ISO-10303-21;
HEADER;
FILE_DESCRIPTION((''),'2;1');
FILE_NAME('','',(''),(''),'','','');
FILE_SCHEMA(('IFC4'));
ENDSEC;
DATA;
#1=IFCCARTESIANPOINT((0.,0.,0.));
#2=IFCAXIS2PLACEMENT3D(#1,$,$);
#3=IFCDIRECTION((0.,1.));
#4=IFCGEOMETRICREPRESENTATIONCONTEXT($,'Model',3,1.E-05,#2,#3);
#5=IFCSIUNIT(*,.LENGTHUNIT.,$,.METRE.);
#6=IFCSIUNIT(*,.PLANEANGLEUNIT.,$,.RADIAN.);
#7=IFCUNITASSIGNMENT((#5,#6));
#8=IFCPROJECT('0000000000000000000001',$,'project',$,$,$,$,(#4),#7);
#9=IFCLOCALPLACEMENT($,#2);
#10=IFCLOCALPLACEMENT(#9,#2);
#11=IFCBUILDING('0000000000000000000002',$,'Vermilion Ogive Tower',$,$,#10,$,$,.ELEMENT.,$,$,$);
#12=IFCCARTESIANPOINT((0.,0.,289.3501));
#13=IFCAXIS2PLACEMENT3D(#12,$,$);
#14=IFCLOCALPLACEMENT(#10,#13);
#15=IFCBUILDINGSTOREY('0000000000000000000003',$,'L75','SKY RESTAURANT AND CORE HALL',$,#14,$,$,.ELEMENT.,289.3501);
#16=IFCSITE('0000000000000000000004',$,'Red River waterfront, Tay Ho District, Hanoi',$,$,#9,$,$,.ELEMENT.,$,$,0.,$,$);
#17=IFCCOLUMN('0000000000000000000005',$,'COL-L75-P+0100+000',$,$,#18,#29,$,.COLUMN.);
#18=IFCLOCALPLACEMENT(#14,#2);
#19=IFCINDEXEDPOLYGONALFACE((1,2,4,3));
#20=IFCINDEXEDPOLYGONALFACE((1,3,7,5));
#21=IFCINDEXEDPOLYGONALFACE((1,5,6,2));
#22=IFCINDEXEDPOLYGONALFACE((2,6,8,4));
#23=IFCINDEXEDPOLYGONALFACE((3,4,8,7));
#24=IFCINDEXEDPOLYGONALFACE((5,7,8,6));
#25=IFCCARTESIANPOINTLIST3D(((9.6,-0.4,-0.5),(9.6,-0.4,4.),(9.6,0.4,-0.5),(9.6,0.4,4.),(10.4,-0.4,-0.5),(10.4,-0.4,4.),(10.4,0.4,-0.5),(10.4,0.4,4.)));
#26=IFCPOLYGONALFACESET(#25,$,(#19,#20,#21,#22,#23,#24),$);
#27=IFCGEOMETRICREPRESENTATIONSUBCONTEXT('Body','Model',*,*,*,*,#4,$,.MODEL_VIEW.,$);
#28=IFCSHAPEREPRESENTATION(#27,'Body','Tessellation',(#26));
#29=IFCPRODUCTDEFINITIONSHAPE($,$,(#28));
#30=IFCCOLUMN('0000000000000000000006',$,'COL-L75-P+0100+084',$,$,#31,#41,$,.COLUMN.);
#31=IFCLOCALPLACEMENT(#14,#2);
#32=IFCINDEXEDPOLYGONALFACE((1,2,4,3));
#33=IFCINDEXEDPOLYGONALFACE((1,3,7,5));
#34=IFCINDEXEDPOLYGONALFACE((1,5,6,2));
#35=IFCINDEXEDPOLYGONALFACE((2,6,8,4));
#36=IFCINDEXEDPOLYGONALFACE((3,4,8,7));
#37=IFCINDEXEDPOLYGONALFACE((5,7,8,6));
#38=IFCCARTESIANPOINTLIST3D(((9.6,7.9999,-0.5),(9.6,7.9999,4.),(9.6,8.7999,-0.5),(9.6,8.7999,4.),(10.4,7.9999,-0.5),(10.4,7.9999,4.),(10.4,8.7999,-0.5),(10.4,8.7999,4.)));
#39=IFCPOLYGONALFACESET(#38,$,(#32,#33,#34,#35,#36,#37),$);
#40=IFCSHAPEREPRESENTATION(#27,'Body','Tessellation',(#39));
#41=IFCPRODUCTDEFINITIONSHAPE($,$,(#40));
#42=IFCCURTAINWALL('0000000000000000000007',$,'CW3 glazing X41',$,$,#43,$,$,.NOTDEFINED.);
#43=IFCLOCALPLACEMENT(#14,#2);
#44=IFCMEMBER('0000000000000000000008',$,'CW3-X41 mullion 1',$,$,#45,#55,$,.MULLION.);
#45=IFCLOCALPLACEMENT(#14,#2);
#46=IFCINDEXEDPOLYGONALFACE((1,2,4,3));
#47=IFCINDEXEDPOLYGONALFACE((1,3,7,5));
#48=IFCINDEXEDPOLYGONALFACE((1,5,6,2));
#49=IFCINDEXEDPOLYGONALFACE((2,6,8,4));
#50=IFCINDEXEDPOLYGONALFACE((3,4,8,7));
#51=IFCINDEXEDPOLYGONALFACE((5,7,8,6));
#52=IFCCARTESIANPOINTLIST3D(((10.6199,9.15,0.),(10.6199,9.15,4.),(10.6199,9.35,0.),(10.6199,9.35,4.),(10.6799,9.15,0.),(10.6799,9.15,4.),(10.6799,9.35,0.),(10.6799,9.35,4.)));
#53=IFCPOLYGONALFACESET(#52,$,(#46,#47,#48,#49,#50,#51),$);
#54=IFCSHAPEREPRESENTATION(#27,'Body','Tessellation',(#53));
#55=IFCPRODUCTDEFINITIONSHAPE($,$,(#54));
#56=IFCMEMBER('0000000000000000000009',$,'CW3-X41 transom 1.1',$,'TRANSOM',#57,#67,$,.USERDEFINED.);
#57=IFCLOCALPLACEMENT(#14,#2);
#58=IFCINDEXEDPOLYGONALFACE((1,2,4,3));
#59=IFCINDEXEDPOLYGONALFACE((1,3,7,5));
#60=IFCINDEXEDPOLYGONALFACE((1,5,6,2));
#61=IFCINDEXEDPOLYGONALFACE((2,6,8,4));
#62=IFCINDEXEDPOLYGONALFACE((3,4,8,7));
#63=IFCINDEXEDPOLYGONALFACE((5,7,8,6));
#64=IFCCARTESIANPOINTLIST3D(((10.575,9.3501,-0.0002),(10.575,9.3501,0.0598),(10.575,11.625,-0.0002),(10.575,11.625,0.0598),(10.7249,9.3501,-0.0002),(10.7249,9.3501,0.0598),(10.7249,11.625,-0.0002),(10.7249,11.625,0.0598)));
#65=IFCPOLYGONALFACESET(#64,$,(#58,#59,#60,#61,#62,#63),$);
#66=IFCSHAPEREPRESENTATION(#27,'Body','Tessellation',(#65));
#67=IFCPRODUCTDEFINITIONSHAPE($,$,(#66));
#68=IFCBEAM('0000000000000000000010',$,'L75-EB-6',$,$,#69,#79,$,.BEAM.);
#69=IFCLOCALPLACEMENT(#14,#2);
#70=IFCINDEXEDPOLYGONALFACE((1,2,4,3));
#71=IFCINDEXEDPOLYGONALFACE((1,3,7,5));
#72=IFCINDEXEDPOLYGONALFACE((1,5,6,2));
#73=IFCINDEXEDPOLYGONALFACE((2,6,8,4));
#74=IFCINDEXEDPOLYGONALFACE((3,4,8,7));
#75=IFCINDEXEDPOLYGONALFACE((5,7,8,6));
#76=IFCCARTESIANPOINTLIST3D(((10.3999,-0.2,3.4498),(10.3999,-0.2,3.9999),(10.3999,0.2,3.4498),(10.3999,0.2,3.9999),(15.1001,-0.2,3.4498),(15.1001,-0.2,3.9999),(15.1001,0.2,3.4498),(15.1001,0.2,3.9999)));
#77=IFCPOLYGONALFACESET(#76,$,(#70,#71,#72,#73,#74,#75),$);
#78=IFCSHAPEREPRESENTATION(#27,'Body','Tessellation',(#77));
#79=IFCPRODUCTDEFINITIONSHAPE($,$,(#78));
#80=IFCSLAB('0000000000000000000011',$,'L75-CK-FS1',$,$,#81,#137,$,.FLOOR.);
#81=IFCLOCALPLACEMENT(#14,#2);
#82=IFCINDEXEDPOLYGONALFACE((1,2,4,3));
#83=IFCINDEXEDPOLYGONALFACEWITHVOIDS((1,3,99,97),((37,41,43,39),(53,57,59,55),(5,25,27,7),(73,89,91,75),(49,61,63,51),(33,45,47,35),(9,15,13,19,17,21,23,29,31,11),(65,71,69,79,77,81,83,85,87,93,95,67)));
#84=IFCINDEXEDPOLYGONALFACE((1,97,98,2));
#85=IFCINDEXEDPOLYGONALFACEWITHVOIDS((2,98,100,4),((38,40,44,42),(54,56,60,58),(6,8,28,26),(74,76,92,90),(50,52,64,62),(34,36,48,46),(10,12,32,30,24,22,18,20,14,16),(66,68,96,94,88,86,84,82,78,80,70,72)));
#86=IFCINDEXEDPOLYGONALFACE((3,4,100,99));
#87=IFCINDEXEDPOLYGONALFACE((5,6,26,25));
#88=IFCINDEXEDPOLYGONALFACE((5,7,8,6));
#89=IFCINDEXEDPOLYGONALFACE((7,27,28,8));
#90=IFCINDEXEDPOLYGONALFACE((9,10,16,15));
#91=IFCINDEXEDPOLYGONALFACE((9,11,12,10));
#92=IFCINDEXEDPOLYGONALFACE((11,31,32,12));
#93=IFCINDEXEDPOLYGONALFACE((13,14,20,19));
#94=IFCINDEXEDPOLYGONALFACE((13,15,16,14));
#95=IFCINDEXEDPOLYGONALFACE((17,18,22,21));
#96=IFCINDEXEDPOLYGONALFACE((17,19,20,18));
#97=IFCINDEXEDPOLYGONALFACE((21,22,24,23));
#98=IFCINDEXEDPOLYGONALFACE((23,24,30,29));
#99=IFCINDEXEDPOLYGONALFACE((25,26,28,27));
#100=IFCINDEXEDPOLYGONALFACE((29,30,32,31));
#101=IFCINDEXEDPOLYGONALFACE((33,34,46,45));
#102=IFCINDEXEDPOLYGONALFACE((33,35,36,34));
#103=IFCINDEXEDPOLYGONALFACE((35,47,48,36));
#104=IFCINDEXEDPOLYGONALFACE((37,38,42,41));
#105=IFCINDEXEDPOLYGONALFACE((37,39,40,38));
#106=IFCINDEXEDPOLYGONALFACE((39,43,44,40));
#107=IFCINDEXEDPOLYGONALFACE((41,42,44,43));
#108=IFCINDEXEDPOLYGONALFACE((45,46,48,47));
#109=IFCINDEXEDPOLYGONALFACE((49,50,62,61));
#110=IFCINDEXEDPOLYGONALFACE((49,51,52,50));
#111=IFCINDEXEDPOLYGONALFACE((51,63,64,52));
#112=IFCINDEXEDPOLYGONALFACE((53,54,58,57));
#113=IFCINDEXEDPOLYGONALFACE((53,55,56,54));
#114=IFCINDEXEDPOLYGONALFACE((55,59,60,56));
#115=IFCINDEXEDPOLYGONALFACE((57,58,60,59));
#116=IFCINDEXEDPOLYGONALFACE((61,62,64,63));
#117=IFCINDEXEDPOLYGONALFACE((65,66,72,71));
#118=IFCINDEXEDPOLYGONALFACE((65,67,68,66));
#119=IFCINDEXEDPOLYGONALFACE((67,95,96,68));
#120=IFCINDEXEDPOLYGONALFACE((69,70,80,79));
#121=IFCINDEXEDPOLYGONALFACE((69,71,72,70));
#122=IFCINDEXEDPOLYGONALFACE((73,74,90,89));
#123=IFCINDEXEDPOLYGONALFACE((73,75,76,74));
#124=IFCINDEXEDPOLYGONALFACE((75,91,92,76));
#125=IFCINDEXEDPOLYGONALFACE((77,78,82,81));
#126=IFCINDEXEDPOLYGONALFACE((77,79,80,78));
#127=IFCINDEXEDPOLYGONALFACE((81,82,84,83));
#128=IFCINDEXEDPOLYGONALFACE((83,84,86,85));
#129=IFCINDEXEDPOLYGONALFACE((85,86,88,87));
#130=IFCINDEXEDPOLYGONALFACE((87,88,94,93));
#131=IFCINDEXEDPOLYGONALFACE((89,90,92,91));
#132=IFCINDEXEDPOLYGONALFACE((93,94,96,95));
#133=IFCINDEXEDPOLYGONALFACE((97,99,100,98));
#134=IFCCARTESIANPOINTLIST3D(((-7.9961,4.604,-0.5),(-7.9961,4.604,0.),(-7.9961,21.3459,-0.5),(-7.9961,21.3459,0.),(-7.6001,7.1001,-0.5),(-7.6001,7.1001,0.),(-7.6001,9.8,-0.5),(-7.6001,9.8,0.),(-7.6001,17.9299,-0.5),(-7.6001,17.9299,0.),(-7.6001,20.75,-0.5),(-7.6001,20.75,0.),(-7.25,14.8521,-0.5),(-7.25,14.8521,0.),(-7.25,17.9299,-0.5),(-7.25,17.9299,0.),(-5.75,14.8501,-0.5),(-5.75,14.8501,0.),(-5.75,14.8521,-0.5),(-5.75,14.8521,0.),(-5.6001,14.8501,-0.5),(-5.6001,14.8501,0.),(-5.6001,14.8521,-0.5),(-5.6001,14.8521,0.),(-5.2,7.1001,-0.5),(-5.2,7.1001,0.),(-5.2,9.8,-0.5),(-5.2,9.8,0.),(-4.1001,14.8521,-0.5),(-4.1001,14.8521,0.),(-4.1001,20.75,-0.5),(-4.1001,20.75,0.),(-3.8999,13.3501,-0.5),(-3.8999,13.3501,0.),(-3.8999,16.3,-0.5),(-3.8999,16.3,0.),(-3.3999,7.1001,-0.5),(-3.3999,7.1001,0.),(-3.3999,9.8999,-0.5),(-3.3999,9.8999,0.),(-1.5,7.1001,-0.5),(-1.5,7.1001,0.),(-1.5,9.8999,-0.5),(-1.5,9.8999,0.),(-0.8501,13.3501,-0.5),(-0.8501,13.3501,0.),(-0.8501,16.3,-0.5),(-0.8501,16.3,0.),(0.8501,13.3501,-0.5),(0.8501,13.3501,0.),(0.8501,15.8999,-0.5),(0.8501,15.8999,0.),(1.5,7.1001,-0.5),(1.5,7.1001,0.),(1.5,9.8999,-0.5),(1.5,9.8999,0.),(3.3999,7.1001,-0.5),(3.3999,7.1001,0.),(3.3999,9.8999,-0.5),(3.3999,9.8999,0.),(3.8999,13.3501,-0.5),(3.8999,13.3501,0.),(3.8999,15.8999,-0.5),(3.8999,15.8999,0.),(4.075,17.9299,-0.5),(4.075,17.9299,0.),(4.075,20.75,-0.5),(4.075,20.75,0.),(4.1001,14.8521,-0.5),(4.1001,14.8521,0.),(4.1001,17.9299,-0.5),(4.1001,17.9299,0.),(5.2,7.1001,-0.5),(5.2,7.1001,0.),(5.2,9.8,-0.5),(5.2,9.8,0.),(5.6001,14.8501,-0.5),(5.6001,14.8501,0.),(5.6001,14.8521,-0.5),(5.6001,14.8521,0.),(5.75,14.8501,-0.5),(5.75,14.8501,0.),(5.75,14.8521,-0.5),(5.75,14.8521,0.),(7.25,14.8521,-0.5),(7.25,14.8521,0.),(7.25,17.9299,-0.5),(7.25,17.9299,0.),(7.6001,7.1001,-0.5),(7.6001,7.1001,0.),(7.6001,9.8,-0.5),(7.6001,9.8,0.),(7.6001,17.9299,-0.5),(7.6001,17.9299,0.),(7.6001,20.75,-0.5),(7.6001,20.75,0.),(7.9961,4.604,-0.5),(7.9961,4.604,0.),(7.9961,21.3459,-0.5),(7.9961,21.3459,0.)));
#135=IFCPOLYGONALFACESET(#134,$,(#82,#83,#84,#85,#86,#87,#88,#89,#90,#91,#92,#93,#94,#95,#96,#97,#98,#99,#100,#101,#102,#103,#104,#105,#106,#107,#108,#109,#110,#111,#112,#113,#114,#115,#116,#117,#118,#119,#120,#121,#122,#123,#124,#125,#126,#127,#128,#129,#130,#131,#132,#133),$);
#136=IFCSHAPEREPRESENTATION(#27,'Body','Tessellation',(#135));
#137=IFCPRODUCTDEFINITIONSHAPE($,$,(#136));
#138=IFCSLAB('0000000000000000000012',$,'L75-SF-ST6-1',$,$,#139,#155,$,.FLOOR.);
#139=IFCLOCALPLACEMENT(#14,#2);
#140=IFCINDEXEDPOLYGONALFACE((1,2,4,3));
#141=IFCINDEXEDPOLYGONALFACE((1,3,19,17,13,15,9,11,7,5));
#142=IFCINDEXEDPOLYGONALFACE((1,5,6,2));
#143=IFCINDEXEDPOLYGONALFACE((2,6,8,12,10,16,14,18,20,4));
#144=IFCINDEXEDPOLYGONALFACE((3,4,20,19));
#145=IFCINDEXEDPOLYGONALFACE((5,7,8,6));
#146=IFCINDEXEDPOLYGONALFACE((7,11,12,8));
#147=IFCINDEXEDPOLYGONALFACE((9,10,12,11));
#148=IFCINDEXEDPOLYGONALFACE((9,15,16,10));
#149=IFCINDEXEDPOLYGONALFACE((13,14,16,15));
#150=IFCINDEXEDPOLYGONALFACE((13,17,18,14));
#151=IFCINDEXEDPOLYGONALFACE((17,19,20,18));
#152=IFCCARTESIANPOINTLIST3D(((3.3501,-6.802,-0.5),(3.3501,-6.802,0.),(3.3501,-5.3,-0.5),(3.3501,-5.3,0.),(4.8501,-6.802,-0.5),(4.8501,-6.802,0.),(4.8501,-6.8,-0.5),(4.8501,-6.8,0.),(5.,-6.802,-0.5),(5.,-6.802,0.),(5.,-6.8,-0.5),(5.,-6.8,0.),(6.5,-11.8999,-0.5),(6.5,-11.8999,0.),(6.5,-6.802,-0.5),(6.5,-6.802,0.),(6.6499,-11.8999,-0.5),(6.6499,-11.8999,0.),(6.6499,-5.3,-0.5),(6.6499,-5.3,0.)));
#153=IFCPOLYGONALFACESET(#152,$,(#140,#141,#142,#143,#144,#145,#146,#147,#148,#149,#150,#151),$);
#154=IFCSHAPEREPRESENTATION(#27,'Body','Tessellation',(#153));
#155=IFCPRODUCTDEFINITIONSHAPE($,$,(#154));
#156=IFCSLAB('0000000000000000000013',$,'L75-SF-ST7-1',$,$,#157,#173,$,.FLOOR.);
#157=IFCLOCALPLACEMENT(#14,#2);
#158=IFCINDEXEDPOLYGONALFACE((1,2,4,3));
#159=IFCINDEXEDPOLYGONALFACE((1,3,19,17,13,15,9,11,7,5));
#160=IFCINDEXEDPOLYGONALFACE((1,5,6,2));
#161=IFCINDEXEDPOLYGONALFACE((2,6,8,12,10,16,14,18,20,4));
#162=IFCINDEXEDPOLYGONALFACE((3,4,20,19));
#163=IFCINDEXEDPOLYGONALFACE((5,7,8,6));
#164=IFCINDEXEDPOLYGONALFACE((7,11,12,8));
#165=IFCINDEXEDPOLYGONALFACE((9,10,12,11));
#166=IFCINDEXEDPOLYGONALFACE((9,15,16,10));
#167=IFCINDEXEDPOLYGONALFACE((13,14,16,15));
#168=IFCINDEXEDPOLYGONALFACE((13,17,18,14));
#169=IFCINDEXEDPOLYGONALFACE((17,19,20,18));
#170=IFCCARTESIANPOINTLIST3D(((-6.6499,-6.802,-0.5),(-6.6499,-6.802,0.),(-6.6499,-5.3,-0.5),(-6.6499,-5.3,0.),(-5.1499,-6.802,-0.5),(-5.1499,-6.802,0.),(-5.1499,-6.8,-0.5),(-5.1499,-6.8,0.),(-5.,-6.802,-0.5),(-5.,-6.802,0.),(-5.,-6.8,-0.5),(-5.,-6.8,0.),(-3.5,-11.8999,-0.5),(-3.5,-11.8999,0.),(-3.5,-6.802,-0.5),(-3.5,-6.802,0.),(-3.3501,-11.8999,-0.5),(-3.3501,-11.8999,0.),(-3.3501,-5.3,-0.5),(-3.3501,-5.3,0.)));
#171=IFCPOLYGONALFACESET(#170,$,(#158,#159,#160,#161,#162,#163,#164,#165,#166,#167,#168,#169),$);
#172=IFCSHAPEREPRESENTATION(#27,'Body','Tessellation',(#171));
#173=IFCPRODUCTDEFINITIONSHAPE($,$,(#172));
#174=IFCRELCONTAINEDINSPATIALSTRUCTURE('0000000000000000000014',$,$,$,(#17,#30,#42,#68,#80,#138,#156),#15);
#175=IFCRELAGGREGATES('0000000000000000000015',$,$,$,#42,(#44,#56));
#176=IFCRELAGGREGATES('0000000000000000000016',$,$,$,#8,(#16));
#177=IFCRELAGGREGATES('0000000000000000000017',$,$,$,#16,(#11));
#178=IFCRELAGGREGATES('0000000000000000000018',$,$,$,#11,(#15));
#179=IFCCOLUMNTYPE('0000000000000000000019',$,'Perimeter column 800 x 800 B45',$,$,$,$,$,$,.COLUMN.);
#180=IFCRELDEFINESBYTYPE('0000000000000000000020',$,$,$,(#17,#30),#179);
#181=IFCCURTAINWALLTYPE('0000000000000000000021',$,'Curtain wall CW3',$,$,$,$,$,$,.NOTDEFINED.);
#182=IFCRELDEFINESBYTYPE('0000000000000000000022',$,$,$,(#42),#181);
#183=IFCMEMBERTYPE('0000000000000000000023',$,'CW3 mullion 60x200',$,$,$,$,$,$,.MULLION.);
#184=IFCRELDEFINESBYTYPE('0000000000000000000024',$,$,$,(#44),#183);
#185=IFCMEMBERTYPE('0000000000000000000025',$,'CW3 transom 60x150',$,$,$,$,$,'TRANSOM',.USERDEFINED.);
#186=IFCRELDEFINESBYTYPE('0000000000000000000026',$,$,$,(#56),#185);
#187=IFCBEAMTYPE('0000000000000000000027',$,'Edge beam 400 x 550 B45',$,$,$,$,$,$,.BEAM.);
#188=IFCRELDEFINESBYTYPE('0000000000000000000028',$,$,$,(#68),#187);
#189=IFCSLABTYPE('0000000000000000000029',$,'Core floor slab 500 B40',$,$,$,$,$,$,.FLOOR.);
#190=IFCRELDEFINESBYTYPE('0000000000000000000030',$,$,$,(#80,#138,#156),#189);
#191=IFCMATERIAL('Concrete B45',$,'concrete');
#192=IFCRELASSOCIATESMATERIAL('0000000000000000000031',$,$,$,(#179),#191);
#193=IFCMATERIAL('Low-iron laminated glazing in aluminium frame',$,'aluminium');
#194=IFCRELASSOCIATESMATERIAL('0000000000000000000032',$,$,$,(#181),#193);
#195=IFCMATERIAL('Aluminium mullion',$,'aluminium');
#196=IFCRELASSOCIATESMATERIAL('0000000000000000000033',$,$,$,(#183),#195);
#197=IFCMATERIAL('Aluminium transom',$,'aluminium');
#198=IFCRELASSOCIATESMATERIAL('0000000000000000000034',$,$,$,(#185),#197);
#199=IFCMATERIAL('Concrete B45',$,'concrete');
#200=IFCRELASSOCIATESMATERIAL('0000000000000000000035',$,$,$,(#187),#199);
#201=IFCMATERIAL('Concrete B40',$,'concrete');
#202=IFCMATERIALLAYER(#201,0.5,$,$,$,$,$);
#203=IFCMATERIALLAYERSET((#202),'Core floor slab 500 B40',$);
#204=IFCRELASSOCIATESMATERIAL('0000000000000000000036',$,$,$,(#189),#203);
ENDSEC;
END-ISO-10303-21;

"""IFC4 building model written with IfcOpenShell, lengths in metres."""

from ifc_helpers import new_model, si_unit, direction, frame, origin, origin_2d, place, context, subcontext, project, spatial, polyline, rectangle, outline, extrude, material, layer, layer_set, material_profile, profile_set, type_object, element, aggregate, save


model = new_model("IFC4")

# Units and contexts
model_context = context("Model", 3, precision=1e-05, world=origin(), true_north=direction((0.0, 1.0)))
body_context = subcontext(model_context, "Body", "Model", "MODEL_VIEW")
ifc_project = project(units=[si_unit("LENGTHUNIT", "METRE"), si_unit("PLANEANGLEUNIT", "RADIAN")], contexts=[model_context])

# Site, building, storey
site_placement = place(None, origin())
site = spatial("IfcSite", under=ifc_project, at=site_placement, Name="Red River waterfront, Tay Ho District, Hanoi", CompositionType="ELEMENT", RefElevation=0.0)
building_placement = place(site_placement, origin())
building = spatial("IfcBuilding", under=site, at=building_placement, Name="Vermilion Ogive Tower", CompositionType="ELEMENT")
storey_placement = place(building_placement, frame((0.0, 0.0, 289.3501)))
storey = spatial("IfcBuildingStorey", under=building, at=storey_placement, Name="L75", Description="SKY RESTAURANT AND CORE HALL", CompositionType="ELEMENT", Elevation=289.3501)

# Columns
ifc_material_1 = material(Name="Concrete B45", Category="concrete")
ifc_material_profile_1 = material_profile(ifc_material_1, rectangle(XDim=0.8, YDim=0.8, at=origin_2d()), Name="800 x 800")
ifc_profile_set_1 = profile_set([ifc_material_profile_1], Name="Concrete B45")
column_type = type_object("IfcColumnType", Name="Perimeter column 800 x 800 B45", PredefinedType="COLUMN", material=ifc_profile_set_1)
for number, where, z_axis, x_axis, name in (
    (1, (10.0, 0.0, -0.5), (0.0, 0.0, 1.0), (1.0, 0.0, 0.0), "COL-L75-P+0100+000"),
    (2, (10.0, 8.3999, -0.5), (0.0, 0.0, 1.0), (1.0, 0.0, 0.0), "COL-L75-P+0100+084"),
):
    element("IfcColumn", number, at=place(storey_placement, frame(where, z_axis=z_axis, x_axis=x_axis)), inside=storey, type_object=column_type, Name=name, PredefinedType="COLUMN", context=body_context, shape_type="SweptSolid", body=[
        extrude(rectangle(XDim=0.8, YDim=0.8, at=origin_2d()), origin(), (0.0, 0.0, 1.0), 4.5),
    ])

# Curtain wall, members
ifc_material_2 = material(Name="Low-iron laminated glazing in aluminium frame", Category="aluminium")
curtain_wall_type = type_object("IfcCurtainWallType", Name="Curtain wall CW3", PredefinedType="NOTDEFINED", material=ifc_material_2)
curtain_wall_placement = place(storey_placement, origin())
curtain_wall = element("IfcCurtainWall", 3, at=curtain_wall_placement, inside=storey, type_object=curtain_wall_type, Name="CW3 glazing X41", PredefinedType="NOTDEFINED")
ifc_material_3 = material(Name="Aluminium mullion", Category="aluminium")
ifc_material_profile_2 = material_profile(ifc_material_3, rectangle(XDim=0.0601, YDim=0.2, at=origin_2d()), Name="AL 60x200")
ifc_profile_set_2 = profile_set([ifc_material_profile_2], Name="Aluminium mullion")
member_type_1 = type_object("IfcMemberType", Name="CW3 mullion 60x200", PredefinedType="MULLION", material=ifc_profile_set_2)
member_1_placement = place(storey_placement, frame((10.6499, 9.25, 0.0), z_axis=(0.0, 0.0, 1.0), x_axis=(-1.0, 0.0, 0.0)))
member_1 = element("IfcMember", 4, at=member_1_placement, type_object=member_type_1, Name="CW3-X41 mullion 1", PredefinedType="MULLION", context=body_context, shape_type="SweptSolid", body=[
    extrude(rectangle(XDim=0.0601, YDim=0.2, at=origin_2d()), origin(), (0.0, 0.0, 1.0), 4.0),
])
ifc_material_4 = material(Name="Aluminium transom", Category="aluminium")
ifc_material_profile_3 = material_profile(ifc_material_4, rectangle(XDim=0.1499, YDim=0.0601, at=origin_2d()), Name="AL 60x150")
ifc_profile_set_3 = profile_set([ifc_material_profile_3], Name="Aluminium transom")
member_type_2 = type_object("IfcMemberType", Name="CW3 transom 60x150", ElementType="TRANSOM", PredefinedType="USERDEFINED", material=ifc_profile_set_3)
member_2_placement = place(storey_placement, frame((10.6499, 9.3501, 0.0298), z_axis=(0.0, 1.0, 0.0), x_axis=(-1.0, 0.0, 0.0)))
member_2 = element("IfcMember", 5, at=member_2_placement, type_object=member_type_2, Name="CW3-X41 transom 1.1", ObjectType="TRANSOM", PredefinedType="USERDEFINED", context=body_context, shape_type="SweptSolid", body=[
    extrude(rectangle(XDim=0.1499, YDim=0.0601, at=origin_2d()), origin(), (0.0, 0.0, 1.0), 2.2749),
])
aggregate(curtain_wall, [member_1, member_2])

# Beam
ifc_material_5 = material(Name="Concrete B45", Category="concrete")
ifc_material_profile_4 = material_profile(ifc_material_5, rectangle(XDim=0.3999, YDim=0.55, at=origin_2d()), Name="400 x 550")
ifc_profile_set_4 = profile_set([ifc_material_profile_4], Name="Concrete B45")
beam_type = type_object("IfcBeamType", Name="Edge beam 400 x 550 B45", PredefinedType="BEAM", material=ifc_profile_set_4)
beam_placement = place(storey_placement, frame((10.3999, 0.0, 3.7249), z_axis=(1.0, 0.0, 0.0), x_axis=(0.0, 1.0, 0.0)))
element("IfcBeam", 6, at=beam_placement, inside=storey, type_object=beam_type, Name="L75-EB-6", PredefinedType="BEAM", context=body_context, shape_type="SweptSolid", body=[
    extrude(rectangle(XDim=0.3999, YDim=0.55, at=origin_2d()), origin(), (0.0, 0.0, 1.0), 4.7002),
])

# Slabs
ifc_material_6 = material(Name="Concrete B40", Category="concrete")
ifc_layer_1 = layer(ifc_material_6, 0.5)
ifc_layer_set_1 = layer_set([ifc_layer_1], Name="Core floor slab 500 B40")
slab_type_1 = type_object("IfcSlabType", Name="Core floor slab 500 B40", PredefinedType="FLOOR", material=ifc_layer_set_1)
slab_1_placement = place(storey_placement, frame((0.0, 0.0, -0.5)))
element("IfcSlab", 7, at=slab_1_placement, inside=storey, type_object=slab_type_1, Name="L75-CK-FS1", PredefinedType="FLOOR", context=body_context, shape_type="SweptSolid", body=[
    extrude(outline(polyline([(-7.9961, 4.604), (7.9961, 4.604), (7.9961, 21.3459), (-7.9961, 21.3459), (-7.9961, 4.604)]), holes=[polyline([(-5.2, 7.1001), (-7.6001, 7.1001), (-7.6001, 9.8), (-5.2, 9.8), (-5.2, 7.1001)]), polyline([(5.2, 7.1001), (5.2, 9.8), (7.6001, 9.8), (7.6001, 7.1001), (5.2, 7.1001)]), polyline([(-3.3999, 7.1001), (-3.3999, 9.8999), (-1.5, 9.8999), (-1.5, 7.1001), (-3.3999, 7.1001)]), polyline([(3.3999, 7.1001), (1.5, 7.1001), (1.5, 9.8999), (3.3999, 9.8999), (3.3999, 7.1001)]), polyline([(3.8999, 13.3501), (0.8501, 13.3501), (0.8501, 15.8999), (3.8999, 15.8999), (3.8999, 13.3501)]), polyline([(-0.8501, 13.3501), (-3.8999, 13.3501), (-3.8999, 16.3), (-0.8501, 16.3), (-0.8501, 13.3501)]), polyline([(-7.6001, 17.9299), (-7.6001, 20.75), (-4.1001, 20.75), (-4.1001, 14.8521), (-5.6001, 14.8521), (-5.6001, 14.8501), (-5.75, 14.8501), (-5.75, 14.8521), (-7.25, 14.8521), (-7.25, 17.9299), (-7.6001, 17.9299)]), polyline([(5.75, 14.8501), (5.6001, 14.8501), (5.6001, 14.8521), (4.1001, 14.8521), (4.1001, 17.9299), (4.075, 17.9299), (4.075, 20.75), (7.6001, 20.75), (7.6001, 17.9299), (7.25, 17.9299), (7.25, 14.8521), (5.75, 14.8521), (5.75, 14.8501)])]), origin(), (0.0, 0.0, 1.0), 0.5),
])
slab_2_placement = place(storey_placement, frame((0.0, 0.0, -0.5)))
element("IfcSlab", 8, at=slab_2_placement, inside=storey, type_object=slab_type_1, Name="L75-SF-ST6-1", PredefinedType="FLOOR", context=body_context, shape_type="SweptSolid", body=[
    extrude(outline(polyline([(3.3501, -5.3), (3.3501, -6.802), (4.8501, -6.802), (4.8501, -6.8), (5.0, -6.8), (5.0, -6.802), (6.5, -6.802), (6.5, -11.8999), (6.6499, -11.8999), (6.6499, -5.3), (3.3501, -5.3)])), origin(), (0.0, 0.0, 1.0), 0.5),
])
slab_3_placement = place(storey_placement, frame((0.0, 0.0, -0.5)))
element("IfcSlab", 9, at=slab_3_placement, inside=storey, type_object=slab_type_1, Name="L75-SF-ST7-1", PredefinedType="FLOOR", context=body_context, shape_type="SweptSolid", body=[
    extrude(outline(polyline([(-6.6499, -5.3), (-6.6499, -6.802), (-5.1499, -6.802), (-5.1499, -6.8), (-5.0, -6.8), (-5.0, -6.802), (-3.5, -6.802), (-3.5, -11.8999), (-3.3501, -11.8999), (-3.3501, -5.3), (-6.6499, -5.3)])), origin(), (0.0, 0.0, 1.0), 0.5),
])

save(model, "model.ifc")
